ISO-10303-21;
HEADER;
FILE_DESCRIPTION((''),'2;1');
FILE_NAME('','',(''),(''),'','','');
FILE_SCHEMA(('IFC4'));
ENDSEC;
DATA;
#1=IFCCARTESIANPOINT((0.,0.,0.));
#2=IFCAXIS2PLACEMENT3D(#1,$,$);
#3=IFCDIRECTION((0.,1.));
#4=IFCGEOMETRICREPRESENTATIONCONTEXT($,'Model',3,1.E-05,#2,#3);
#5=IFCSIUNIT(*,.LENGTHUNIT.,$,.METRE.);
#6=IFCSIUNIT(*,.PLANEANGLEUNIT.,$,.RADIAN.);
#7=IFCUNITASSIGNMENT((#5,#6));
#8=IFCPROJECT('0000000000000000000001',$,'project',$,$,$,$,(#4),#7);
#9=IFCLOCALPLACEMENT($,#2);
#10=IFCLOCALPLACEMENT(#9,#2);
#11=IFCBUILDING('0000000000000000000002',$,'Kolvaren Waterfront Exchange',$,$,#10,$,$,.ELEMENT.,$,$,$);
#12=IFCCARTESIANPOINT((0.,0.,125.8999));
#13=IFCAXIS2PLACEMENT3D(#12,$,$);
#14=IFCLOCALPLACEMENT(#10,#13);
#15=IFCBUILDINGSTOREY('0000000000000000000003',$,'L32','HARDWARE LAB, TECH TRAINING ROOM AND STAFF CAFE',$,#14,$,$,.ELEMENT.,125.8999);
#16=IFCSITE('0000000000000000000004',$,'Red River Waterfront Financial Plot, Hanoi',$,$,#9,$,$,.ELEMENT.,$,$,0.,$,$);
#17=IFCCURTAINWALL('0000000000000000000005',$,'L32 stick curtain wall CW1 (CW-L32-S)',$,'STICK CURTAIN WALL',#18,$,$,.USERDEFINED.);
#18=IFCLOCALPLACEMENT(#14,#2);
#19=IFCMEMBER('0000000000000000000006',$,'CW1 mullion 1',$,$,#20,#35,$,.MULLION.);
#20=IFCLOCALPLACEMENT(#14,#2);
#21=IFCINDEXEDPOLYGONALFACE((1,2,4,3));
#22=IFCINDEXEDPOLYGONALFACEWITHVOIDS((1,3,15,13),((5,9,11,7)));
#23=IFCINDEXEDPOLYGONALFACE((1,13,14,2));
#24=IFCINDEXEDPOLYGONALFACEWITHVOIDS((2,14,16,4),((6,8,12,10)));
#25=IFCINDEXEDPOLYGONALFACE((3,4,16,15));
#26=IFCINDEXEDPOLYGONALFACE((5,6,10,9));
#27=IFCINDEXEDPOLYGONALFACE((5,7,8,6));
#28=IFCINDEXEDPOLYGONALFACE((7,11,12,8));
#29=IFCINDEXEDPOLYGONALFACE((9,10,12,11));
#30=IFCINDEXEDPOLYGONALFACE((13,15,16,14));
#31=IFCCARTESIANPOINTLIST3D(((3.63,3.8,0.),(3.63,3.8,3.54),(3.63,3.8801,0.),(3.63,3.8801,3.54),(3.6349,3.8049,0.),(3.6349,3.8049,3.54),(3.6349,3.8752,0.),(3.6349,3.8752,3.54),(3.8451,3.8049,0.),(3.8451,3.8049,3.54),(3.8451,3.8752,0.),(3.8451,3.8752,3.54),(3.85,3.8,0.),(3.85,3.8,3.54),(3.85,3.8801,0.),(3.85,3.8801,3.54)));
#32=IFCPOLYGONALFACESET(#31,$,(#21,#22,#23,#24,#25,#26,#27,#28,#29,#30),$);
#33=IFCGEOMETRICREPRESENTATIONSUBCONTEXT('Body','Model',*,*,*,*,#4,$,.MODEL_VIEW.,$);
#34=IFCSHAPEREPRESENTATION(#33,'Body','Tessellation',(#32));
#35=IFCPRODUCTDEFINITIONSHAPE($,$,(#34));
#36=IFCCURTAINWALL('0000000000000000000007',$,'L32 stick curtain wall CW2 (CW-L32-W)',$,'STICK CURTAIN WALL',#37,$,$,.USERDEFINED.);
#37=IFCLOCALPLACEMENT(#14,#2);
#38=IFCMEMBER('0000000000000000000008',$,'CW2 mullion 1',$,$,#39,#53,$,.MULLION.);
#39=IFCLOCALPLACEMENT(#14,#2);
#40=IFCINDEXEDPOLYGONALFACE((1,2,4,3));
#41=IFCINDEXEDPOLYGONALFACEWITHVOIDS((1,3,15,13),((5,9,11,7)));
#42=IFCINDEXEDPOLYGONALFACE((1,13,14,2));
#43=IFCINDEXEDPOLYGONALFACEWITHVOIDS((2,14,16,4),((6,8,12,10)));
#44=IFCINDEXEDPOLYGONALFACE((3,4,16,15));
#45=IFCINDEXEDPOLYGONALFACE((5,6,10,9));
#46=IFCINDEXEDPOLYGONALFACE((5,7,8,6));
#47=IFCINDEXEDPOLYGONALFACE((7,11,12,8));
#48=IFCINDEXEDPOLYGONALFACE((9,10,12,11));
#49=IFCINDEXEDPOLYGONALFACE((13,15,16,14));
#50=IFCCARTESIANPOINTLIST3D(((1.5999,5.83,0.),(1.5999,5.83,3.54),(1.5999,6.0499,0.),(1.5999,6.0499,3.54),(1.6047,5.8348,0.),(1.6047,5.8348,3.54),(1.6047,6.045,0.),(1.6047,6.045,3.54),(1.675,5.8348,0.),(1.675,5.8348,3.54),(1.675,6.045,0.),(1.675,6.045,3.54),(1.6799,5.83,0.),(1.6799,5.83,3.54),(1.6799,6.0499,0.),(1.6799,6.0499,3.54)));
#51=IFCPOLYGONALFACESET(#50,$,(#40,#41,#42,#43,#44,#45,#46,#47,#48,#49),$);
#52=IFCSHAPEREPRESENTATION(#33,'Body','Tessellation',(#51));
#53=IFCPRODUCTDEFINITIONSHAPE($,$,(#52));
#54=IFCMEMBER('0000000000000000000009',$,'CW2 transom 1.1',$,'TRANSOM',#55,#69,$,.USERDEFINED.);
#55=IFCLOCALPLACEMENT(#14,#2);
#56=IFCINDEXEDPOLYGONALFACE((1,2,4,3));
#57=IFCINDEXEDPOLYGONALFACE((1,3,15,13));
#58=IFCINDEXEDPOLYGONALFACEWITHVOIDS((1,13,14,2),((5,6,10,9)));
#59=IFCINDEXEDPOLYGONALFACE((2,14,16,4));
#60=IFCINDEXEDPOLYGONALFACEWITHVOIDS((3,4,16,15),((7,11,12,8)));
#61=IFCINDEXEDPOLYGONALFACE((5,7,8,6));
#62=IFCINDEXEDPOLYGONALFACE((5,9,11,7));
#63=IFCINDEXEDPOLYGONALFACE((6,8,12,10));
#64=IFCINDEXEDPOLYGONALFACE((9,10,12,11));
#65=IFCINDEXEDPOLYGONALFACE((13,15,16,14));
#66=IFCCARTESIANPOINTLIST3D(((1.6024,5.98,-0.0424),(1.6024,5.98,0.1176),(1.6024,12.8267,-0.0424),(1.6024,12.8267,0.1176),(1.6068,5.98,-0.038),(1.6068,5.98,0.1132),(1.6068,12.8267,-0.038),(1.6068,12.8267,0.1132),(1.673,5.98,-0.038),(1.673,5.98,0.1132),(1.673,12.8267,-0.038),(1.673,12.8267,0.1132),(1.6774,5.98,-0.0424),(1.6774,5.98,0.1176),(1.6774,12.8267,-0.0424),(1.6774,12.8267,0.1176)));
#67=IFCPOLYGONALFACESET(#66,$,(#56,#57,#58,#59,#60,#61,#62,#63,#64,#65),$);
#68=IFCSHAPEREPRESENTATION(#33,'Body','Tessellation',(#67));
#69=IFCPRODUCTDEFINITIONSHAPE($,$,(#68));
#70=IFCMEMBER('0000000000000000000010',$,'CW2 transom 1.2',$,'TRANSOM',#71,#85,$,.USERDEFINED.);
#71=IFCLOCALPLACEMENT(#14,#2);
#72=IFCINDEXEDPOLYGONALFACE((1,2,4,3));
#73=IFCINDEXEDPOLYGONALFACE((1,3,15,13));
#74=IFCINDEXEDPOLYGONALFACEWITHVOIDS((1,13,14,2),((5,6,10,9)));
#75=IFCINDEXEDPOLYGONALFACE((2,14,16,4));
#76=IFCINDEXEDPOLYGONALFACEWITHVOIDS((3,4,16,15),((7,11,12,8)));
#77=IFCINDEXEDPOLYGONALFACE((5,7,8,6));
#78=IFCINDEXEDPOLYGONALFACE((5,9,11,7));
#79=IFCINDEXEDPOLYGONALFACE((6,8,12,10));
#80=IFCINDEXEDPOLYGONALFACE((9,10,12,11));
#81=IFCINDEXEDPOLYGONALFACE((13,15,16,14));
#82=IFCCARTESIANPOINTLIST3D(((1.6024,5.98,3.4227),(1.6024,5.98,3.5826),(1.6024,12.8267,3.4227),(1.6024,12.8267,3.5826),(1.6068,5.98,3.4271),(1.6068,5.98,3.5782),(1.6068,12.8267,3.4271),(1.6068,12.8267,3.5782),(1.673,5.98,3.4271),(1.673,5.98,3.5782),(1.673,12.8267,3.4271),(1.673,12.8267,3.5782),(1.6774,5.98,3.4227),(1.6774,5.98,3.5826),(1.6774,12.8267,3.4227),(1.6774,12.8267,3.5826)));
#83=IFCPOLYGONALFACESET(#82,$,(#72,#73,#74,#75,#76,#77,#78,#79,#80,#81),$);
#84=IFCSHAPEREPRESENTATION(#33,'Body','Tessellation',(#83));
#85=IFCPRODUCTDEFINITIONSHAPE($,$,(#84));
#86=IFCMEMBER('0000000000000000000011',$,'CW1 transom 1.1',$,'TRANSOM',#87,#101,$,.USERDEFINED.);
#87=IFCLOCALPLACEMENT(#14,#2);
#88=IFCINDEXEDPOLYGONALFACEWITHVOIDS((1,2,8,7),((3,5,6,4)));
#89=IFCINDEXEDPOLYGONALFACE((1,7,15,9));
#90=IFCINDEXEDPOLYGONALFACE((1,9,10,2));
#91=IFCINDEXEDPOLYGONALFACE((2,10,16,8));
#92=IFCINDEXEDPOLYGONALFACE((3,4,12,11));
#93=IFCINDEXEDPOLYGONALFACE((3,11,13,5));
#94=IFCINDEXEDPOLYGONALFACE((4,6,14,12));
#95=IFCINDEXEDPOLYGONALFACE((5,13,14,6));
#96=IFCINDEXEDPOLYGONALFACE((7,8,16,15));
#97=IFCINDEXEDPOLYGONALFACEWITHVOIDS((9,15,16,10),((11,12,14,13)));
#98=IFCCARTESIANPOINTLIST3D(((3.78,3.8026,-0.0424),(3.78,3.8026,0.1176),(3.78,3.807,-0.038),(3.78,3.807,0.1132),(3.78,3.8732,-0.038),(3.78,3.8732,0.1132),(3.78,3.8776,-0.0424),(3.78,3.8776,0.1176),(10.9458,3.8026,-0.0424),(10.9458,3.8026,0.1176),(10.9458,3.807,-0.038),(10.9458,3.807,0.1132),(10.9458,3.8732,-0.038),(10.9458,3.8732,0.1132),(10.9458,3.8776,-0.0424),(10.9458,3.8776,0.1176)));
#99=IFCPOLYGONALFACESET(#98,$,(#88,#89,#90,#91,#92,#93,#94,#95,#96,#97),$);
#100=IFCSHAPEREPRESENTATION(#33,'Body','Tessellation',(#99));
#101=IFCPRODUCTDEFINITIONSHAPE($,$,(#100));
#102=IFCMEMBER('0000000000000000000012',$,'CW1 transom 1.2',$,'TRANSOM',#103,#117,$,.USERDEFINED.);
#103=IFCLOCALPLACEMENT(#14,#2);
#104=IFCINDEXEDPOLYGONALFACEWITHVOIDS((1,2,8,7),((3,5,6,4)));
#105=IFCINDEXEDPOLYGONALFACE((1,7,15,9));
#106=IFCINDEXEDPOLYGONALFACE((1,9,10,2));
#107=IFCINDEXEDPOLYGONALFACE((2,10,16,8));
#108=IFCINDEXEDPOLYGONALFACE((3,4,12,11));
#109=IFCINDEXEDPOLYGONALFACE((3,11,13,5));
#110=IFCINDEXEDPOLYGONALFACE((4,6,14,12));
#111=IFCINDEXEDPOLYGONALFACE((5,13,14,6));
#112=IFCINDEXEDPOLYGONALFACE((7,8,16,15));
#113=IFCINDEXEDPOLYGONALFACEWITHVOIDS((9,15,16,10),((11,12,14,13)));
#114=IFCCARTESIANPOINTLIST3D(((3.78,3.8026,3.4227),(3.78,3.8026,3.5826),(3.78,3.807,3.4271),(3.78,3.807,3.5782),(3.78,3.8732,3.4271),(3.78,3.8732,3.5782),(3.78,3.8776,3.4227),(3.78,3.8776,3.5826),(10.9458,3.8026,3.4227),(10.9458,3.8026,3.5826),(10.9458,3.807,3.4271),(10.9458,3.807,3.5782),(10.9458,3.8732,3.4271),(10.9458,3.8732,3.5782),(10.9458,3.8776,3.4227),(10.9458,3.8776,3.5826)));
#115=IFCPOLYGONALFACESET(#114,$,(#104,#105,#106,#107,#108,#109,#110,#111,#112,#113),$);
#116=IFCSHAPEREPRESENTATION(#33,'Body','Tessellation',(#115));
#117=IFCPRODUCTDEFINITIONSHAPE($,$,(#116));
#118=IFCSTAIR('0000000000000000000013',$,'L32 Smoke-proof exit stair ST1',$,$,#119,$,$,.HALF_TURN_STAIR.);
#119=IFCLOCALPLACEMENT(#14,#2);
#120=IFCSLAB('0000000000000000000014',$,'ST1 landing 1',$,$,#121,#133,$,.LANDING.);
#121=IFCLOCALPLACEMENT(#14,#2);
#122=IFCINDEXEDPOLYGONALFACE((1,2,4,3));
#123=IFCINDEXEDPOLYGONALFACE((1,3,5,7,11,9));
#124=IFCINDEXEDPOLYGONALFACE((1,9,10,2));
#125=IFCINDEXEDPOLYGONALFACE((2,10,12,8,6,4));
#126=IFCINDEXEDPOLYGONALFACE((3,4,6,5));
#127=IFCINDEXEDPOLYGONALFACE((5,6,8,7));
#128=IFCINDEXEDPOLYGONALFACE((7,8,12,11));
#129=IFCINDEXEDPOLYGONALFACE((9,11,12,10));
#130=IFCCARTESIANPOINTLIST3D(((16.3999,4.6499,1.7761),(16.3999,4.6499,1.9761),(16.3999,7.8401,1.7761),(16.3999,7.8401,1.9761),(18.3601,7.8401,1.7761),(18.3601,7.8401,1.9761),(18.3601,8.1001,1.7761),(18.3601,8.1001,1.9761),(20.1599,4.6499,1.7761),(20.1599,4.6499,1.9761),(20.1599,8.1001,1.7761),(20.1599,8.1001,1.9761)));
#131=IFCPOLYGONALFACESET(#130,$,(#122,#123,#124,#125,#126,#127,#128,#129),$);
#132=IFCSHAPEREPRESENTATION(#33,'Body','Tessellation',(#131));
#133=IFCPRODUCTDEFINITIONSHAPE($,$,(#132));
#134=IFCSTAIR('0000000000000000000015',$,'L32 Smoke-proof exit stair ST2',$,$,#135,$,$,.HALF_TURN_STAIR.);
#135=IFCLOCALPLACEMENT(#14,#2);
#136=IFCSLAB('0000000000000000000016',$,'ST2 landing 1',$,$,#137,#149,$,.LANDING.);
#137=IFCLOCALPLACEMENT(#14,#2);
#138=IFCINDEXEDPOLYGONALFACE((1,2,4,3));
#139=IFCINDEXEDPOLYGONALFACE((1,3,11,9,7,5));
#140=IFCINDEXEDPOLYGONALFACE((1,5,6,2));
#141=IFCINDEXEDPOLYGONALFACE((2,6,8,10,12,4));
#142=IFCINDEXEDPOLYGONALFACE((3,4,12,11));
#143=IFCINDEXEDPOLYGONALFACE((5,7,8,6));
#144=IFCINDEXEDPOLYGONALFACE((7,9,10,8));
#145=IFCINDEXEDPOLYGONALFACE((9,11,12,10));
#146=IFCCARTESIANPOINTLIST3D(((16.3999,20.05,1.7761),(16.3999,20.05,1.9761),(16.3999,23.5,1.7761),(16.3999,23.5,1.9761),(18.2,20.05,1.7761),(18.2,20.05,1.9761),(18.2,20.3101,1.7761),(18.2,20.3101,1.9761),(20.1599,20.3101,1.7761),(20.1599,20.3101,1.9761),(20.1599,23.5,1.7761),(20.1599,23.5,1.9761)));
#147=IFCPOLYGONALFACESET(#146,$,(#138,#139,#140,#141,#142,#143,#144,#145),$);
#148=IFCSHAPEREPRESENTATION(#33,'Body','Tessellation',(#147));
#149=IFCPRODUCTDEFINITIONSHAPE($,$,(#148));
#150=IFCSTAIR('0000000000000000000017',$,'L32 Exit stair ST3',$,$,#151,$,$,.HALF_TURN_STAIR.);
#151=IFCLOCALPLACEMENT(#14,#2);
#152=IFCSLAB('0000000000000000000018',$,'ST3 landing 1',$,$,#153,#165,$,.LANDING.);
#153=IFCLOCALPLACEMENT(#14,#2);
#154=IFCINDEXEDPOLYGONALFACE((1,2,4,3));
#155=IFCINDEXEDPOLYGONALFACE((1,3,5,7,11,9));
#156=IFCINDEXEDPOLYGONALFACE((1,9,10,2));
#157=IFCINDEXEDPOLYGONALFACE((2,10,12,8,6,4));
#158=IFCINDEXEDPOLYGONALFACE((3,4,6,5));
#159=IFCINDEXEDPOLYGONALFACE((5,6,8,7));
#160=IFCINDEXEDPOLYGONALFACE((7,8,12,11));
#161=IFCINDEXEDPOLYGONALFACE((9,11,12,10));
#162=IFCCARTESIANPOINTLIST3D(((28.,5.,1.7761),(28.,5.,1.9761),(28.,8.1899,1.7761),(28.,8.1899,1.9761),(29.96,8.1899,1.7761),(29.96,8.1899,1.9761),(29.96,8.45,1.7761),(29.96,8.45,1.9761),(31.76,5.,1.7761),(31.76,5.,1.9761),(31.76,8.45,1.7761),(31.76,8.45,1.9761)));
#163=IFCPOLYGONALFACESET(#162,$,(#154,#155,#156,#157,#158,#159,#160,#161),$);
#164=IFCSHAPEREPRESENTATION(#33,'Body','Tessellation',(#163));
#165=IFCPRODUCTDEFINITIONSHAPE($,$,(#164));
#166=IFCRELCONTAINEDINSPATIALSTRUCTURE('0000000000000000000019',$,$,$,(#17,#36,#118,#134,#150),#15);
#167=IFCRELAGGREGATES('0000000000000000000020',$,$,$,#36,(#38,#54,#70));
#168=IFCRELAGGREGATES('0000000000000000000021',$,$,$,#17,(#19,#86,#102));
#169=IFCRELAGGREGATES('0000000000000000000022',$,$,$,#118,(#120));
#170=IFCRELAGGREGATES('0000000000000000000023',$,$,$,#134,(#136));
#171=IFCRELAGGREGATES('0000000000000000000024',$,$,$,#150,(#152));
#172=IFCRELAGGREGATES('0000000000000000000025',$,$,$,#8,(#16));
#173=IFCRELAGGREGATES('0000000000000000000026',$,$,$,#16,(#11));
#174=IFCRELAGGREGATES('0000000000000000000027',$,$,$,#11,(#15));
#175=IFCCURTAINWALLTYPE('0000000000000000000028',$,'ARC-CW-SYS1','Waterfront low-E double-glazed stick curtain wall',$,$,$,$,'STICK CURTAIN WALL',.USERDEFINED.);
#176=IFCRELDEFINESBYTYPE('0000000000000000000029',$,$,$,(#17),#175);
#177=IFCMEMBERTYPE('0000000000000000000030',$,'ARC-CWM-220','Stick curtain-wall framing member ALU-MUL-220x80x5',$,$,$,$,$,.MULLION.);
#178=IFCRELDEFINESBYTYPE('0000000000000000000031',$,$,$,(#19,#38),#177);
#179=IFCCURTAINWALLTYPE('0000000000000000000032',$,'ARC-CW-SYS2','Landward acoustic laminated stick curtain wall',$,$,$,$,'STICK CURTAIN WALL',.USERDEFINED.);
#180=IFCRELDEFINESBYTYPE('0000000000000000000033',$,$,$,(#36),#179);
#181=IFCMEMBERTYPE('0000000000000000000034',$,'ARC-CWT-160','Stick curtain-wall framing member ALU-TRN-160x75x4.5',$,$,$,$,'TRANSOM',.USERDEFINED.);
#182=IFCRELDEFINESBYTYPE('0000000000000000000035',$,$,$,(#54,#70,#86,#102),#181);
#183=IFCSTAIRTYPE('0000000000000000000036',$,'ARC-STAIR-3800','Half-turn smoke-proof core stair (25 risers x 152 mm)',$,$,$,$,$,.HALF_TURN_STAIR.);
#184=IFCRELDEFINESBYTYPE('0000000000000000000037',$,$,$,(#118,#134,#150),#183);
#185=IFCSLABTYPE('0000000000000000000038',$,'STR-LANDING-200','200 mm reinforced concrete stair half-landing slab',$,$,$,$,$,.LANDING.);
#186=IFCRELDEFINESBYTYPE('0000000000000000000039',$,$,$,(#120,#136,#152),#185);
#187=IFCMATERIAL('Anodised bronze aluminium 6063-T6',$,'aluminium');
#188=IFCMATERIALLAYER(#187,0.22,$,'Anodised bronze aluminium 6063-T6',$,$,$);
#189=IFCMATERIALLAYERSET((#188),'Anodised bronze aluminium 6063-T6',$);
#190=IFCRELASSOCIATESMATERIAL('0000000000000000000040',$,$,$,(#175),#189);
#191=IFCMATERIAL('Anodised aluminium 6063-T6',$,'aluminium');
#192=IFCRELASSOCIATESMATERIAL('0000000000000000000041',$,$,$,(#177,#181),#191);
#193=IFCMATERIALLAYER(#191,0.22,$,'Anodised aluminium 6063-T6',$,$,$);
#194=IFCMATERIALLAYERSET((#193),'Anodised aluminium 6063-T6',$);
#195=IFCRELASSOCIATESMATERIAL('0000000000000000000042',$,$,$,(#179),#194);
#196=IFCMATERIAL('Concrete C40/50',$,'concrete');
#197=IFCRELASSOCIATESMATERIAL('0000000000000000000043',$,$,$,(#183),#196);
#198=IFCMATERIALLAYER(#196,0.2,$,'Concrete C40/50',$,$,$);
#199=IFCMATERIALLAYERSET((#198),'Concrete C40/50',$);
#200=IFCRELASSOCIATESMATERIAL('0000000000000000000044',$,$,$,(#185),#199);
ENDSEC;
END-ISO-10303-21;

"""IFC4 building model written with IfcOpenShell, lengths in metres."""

from ifc_helpers import new_model, si_unit, direction, frame, origin, origin_with_axes, origin_2d, place, context, subcontext, project, spatial, polyline, hollow_rectangle, outline, extrude, source, transform, mapped, material, layer, layer_set, material_profile, profile_set, type_object, element, aggregate, save


model = new_model("IFC4")

# Units and contexts
model_context = context("Model", 3, precision=1e-05, world=origin(), true_north=direction((0.0, 1.0)))
body_context = subcontext(model_context, "Body", "Model", "MODEL_VIEW")
ifc_project = project(units=[si_unit("LENGTHUNIT", "METRE"), si_unit("PLANEANGLEUNIT", "RADIAN")], contexts=[model_context])

# Site, building, storey
site_placement = place(None, origin())
site = spatial("IfcSite", under=ifc_project, at=site_placement, Name="Red River Waterfront Financial Plot, Hanoi", CompositionType="ELEMENT", RefElevation=0.0)
building_placement = place(site_placement, origin())
building = spatial("IfcBuilding", under=site, at=building_placement, Name="Kolvaren Waterfront Exchange", CompositionType="ELEMENT")
storey_placement = place(building_placement, frame((0.0, 0.0, 125.8999)))
storey = spatial("IfcBuildingStorey", under=building, at=storey_placement, Name="L32", Description="HARDWARE LAB, TECH TRAINING ROOM AND STAFF CAFE", CompositionType="ELEMENT", Elevation=125.8999)

# Curtain wall, member
ifc_material_1 = material(Name="Anodised bronze aluminium 6063-T6", Category="aluminium")
ifc_layer_1 = layer(ifc_material_1, 0.22, Name="Anodised bronze aluminium 6063-T6")
ifc_layer_set_1 = layer_set([ifc_layer_1], Name="Anodised bronze aluminium 6063-T6")
curtain_wall_type_1 = type_object("IfcCurtainWallType", Name="ARC-CW-SYS1", Description="Waterfront low-E double-glazed stick curtain wall", ElementType="STICK CURTAIN WALL", PredefinedType="USERDEFINED", material=ifc_layer_set_1)
curtain_wall_1_placement = place(storey_placement, origin())
curtain_wall_1 = element("IfcCurtainWall", 1, at=curtain_wall_1_placement, inside=storey, type_object=curtain_wall_type_1, Name="L32 stick curtain wall CW1 (CW-L32-S)", ObjectType="STICK CURTAIN WALL", PredefinedType="USERDEFINED")
ifc_material_2 = material(Name="Anodised aluminium 6063-T6", Category="aluminium")
ifc_material_profile_1 = material_profile(ifc_material_2, hollow_rectangle(XDim=0.0801, YDim=0.22, WallThickness=0.0049, at=origin_2d()), Name="ALU-MUL-220x80x5")
ifc_profile_set_1 = profile_set([ifc_material_profile_1], Name="Anodised aluminium 6063-T6")
member_type_1 = type_object("IfcMemberType", Name="ARC-CWM-220", Description="Stick curtain-wall framing member ALU-MUL-220x80x5", PredefinedType="MULLION", material=ifc_profile_set_1)
shared_shape_1 = source(origin_with_axes(), body_context, "Body", "SweptSolid", [
    extrude(hollow_rectangle(XDim=0.0801, YDim=0.22, WallThickness=0.0049, at=origin_2d()), origin(), (0.0, 0.0, 1.0), 3.54),
])
member_1_placement = place(storey_placement, frame((3.74, 3.8401, 0.0), z_axis=(0.0, 0.0, 1.0), x_axis=(0.0, 1.0, 0.0)))
member_1 = element("IfcMember", 2, at=member_1_placement, type_object=member_type_1, Name="CW1 mullion 1", PredefinedType="MULLION", context=body_context, shape_type="MappedRepresentation", body=[
    mapped(shared_shape_1, transform((0.0, 0.0, 0.0), x_axis=(1.0, 0.0, 0.0), y_axis=(0.0, 1.0, 0.0), z_axis=(0.0, 0.0, 1.0), scale=1.0)),
])

# Curtain wall, members
ifc_layer_2 = layer(ifc_material_2, 0.22, Name="Anodised aluminium 6063-T6")
ifc_layer_set_2 = layer_set([ifc_layer_2], Name="Anodised aluminium 6063-T6")
curtain_wall_type_2 = type_object("IfcCurtainWallType", Name="ARC-CW-SYS2", Description="Landward acoustic laminated stick curtain wall", ElementType="STICK CURTAIN WALL", PredefinedType="USERDEFINED", material=ifc_layer_set_2)
curtain_wall_2_placement = place(storey_placement, origin())
curtain_wall_2 = element("IfcCurtainWall", 3, at=curtain_wall_2_placement, inside=storey, type_object=curtain_wall_type_2, Name="L32 stick curtain wall CW2 (CW-L32-W)", ObjectType="STICK CURTAIN WALL", PredefinedType="USERDEFINED")
member_2_placement = place(storey_placement, frame((1.6399, 5.9399, 0.0), z_axis=(0.0, 0.0, 1.0), x_axis=(-1.0, 0.0, 0.0)))
member_2 = element("IfcMember", 4, at=member_2_placement, type_object=member_type_1, Name="CW2 mullion 1", PredefinedType="MULLION", context=body_context, shape_type="MappedRepresentation", body=[
    mapped(shared_shape_1, transform((0.0, 0.0, 0.0), x_axis=(1.0, 0.0, 0.0), y_axis=(0.0, 1.0, 0.0), z_axis=(0.0, 0.0, 1.0), scale=1.0)),
])
ifc_material_profile_2 = material_profile(ifc_material_2, hollow_rectangle(XDim=0.075, YDim=0.1599, WallThickness=0.0044, at=origin_2d()), Name="ALU-TRN-160x75x4.5")
ifc_profile_set_2 = profile_set([ifc_material_profile_2], Name="Anodised aluminium 6063-T6")
member_type_2 = type_object("IfcMemberType", Name="ARC-CWT-160", Description="Stick curtain-wall framing member ALU-TRN-160x75x4.5", ElementType="TRANSOM", PredefinedType="USERDEFINED", material=ifc_profile_set_2)
shared_shape_2 = source(origin_with_axes(), body_context, "Body", "SweptSolid", [
    extrude(hollow_rectangle(XDim=0.075, YDim=0.1599, WallThickness=0.0044, at=origin_2d()), origin(), (0.0, 0.0, 1.0), 6.8467),
])
member_3_placement = place(storey_placement, frame((1.6399, 5.98, 0.0376), z_axis=(0.0, 1.0, 0.0), x_axis=(-1.0, 0.0, 0.0)))
member_3 = element("IfcMember", 5, at=member_3_placement, type_object=member_type_2, Name="CW2 transom 1.1", ObjectType="TRANSOM", PredefinedType="USERDEFINED", context=body_context, shape_type="MappedRepresentation", body=[
    mapped(shared_shape_2, transform((0.0, 0.0, 0.0), x_axis=(1.0, 0.0, 0.0), y_axis=(0.0, 1.0, 0.0), z_axis=(0.0, 0.0, 1.0), scale=1.0)),
])
member_4_placement = place(storey_placement, frame((1.6399, 5.98, 3.5027), z_axis=(0.0, 1.0, 0.0), x_axis=(-1.0, 0.0, 0.0)))
member_4 = element("IfcMember", 6, at=member_4_placement, type_object=member_type_2, Name="CW2 transom 1.2", ObjectType="TRANSOM", PredefinedType="USERDEFINED", context=body_context, shape_type="MappedRepresentation", body=[
    mapped(shared_shape_2, transform((0.0, 0.0, 0.0), x_axis=(1.0, 0.0, 0.0), y_axis=(0.0, 1.0, 0.0), z_axis=(0.0, 0.0, 1.0), scale=1.0)),
])
aggregate(curtain_wall_2, [member_2, member_3, member_4])

# Members
shared_shape_3 = source(origin_with_axes(), body_context, "Body", "SweptSolid", [
    extrude(hollow_rectangle(XDim=0.075, YDim=0.1599, WallThickness=0.0044, at=origin_2d()), origin(), (0.0, 0.0, 1.0), 7.1658),
])
member_5_placement = place(storey_placement, frame((3.78, 3.8401, 0.0376), z_axis=(1.0, 0.0, 0.0), x_axis=(0.0, 1.0, 0.0)))
member_5 = element("IfcMember", 7, at=member_5_placement, type_object=member_type_2, Name="CW1 transom 1.1", ObjectType="TRANSOM", PredefinedType="USERDEFINED", context=body_context, shape_type="MappedRepresentation", body=[
    mapped(shared_shape_3, transform((0.0, 0.0, 0.0), x_axis=(1.0, 0.0, 0.0), y_axis=(0.0, 1.0, 0.0), z_axis=(0.0, 0.0, 1.0), scale=1.0)),
])
member_6_placement = place(storey_placement, frame((3.78, 3.8401, 3.5027), z_axis=(1.0, 0.0, 0.0), x_axis=(0.0, 1.0, 0.0)))
member_6 = element("IfcMember", 8, at=member_6_placement, type_object=member_type_2, Name="CW1 transom 1.2", ObjectType="TRANSOM", PredefinedType="USERDEFINED", context=body_context, shape_type="MappedRepresentation", body=[
    mapped(shared_shape_3, transform((0.0, 0.0, 0.0), x_axis=(1.0, 0.0, 0.0), y_axis=(0.0, 1.0, 0.0), z_axis=(0.0, 0.0, 1.0), scale=1.0)),
])
aggregate(curtain_wall_1, [member_1, member_5, member_6])

# Stairs, slabs
ifc_material_3 = material(Name="Concrete C40/50", Category="concrete")
stair_type = type_object("IfcStairType", Name="ARC-STAIR-3800", Description="Half-turn smoke-proof core stair (25 risers x 152 mm)", PredefinedType="HALF_TURN_STAIR", material=ifc_material_3)
stair_1_placement = place(storey_placement, origin())
stair_1 = element("IfcStair", 9, at=stair_1_placement, inside=storey, type_object=stair_type, Name="L32 Smoke-proof exit stair ST1", PredefinedType="HALF_TURN_STAIR")
ifc_layer_3 = layer(ifc_material_3, 0.2, Name="Concrete C40/50")
ifc_layer_set_3 = layer_set([ifc_layer_3], Name="Concrete C40/50")
slab_type_1 = type_object("IfcSlabType", Name="STR-LANDING-200", Description="200 mm reinforced concrete stair half-landing slab", PredefinedType="LANDING", material=ifc_layer_set_3)
slab_1_placement = place(storey_placement, frame((0.0, 0.0, 1.7761)))
slab_1 = element("IfcSlab", 10, at=slab_1_placement, type_object=slab_type_1, Name="ST1 landing 1", PredefinedType="LANDING", context=body_context, shape_type="SweptSolid", body=[
    extrude(outline(polyline([(16.3999, 7.8401), (16.3999, 4.6499), (20.1599, 4.6499), (20.1599, 8.1001), (18.3601, 8.1001), (18.3601, 7.8401), (16.3999, 7.8401)])), origin(), (0.0, 0.0, 1.0), 0.2),
])
aggregate(stair_1, [slab_1])
stair_2_placement = place(storey_placement, origin())
stair_2 = element("IfcStair", 11, at=stair_2_placement, inside=storey, type_object=stair_type, Name="L32 Smoke-proof exit stair ST2", PredefinedType="HALF_TURN_STAIR")
slab_2_placement = place(storey_placement, frame((0.0, 0.0, 1.7761)))
slab_2 = element("IfcSlab", 12, at=slab_2_placement, type_object=slab_type_1, Name="ST2 landing 1", PredefinedType="LANDING", context=body_context, shape_type="SweptSolid", body=[
    extrude(outline(polyline([(20.1599, 20.3101), (20.1599, 23.5), (16.3999, 23.5), (16.3999, 20.05), (18.2, 20.05), (18.2, 20.3101), (20.1599, 20.3101)])), origin(), (0.0, 0.0, 1.0), 0.2),
])
aggregate(stair_2, [slab_2])
stair_3_placement = place(storey_placement, origin())
stair_3 = element("IfcStair", 13, at=stair_3_placement, inside=storey, type_object=stair_type, Name="L32 Exit stair ST3", PredefinedType="HALF_TURN_STAIR")
slab_3_placement = place(storey_placement, frame((0.0, 0.0, 1.7761)))
slab_3 = element("IfcSlab", 14, at=slab_3_placement, type_object=slab_type_1, Name="ST3 landing 1", PredefinedType="LANDING", context=body_context, shape_type="SweptSolid", body=[
    extrude(outline(polyline([(28.0, 8.1899), (28.0, 5.0), (31.76, 5.0), (31.76, 8.45), (29.96, 8.45), (29.96, 8.1899), (28.0, 8.1899)])), origin(), (0.0, 0.0, 1.0), 0.2),
])
aggregate(stair_3, [slab_3])

save(model, "model.ifc")
